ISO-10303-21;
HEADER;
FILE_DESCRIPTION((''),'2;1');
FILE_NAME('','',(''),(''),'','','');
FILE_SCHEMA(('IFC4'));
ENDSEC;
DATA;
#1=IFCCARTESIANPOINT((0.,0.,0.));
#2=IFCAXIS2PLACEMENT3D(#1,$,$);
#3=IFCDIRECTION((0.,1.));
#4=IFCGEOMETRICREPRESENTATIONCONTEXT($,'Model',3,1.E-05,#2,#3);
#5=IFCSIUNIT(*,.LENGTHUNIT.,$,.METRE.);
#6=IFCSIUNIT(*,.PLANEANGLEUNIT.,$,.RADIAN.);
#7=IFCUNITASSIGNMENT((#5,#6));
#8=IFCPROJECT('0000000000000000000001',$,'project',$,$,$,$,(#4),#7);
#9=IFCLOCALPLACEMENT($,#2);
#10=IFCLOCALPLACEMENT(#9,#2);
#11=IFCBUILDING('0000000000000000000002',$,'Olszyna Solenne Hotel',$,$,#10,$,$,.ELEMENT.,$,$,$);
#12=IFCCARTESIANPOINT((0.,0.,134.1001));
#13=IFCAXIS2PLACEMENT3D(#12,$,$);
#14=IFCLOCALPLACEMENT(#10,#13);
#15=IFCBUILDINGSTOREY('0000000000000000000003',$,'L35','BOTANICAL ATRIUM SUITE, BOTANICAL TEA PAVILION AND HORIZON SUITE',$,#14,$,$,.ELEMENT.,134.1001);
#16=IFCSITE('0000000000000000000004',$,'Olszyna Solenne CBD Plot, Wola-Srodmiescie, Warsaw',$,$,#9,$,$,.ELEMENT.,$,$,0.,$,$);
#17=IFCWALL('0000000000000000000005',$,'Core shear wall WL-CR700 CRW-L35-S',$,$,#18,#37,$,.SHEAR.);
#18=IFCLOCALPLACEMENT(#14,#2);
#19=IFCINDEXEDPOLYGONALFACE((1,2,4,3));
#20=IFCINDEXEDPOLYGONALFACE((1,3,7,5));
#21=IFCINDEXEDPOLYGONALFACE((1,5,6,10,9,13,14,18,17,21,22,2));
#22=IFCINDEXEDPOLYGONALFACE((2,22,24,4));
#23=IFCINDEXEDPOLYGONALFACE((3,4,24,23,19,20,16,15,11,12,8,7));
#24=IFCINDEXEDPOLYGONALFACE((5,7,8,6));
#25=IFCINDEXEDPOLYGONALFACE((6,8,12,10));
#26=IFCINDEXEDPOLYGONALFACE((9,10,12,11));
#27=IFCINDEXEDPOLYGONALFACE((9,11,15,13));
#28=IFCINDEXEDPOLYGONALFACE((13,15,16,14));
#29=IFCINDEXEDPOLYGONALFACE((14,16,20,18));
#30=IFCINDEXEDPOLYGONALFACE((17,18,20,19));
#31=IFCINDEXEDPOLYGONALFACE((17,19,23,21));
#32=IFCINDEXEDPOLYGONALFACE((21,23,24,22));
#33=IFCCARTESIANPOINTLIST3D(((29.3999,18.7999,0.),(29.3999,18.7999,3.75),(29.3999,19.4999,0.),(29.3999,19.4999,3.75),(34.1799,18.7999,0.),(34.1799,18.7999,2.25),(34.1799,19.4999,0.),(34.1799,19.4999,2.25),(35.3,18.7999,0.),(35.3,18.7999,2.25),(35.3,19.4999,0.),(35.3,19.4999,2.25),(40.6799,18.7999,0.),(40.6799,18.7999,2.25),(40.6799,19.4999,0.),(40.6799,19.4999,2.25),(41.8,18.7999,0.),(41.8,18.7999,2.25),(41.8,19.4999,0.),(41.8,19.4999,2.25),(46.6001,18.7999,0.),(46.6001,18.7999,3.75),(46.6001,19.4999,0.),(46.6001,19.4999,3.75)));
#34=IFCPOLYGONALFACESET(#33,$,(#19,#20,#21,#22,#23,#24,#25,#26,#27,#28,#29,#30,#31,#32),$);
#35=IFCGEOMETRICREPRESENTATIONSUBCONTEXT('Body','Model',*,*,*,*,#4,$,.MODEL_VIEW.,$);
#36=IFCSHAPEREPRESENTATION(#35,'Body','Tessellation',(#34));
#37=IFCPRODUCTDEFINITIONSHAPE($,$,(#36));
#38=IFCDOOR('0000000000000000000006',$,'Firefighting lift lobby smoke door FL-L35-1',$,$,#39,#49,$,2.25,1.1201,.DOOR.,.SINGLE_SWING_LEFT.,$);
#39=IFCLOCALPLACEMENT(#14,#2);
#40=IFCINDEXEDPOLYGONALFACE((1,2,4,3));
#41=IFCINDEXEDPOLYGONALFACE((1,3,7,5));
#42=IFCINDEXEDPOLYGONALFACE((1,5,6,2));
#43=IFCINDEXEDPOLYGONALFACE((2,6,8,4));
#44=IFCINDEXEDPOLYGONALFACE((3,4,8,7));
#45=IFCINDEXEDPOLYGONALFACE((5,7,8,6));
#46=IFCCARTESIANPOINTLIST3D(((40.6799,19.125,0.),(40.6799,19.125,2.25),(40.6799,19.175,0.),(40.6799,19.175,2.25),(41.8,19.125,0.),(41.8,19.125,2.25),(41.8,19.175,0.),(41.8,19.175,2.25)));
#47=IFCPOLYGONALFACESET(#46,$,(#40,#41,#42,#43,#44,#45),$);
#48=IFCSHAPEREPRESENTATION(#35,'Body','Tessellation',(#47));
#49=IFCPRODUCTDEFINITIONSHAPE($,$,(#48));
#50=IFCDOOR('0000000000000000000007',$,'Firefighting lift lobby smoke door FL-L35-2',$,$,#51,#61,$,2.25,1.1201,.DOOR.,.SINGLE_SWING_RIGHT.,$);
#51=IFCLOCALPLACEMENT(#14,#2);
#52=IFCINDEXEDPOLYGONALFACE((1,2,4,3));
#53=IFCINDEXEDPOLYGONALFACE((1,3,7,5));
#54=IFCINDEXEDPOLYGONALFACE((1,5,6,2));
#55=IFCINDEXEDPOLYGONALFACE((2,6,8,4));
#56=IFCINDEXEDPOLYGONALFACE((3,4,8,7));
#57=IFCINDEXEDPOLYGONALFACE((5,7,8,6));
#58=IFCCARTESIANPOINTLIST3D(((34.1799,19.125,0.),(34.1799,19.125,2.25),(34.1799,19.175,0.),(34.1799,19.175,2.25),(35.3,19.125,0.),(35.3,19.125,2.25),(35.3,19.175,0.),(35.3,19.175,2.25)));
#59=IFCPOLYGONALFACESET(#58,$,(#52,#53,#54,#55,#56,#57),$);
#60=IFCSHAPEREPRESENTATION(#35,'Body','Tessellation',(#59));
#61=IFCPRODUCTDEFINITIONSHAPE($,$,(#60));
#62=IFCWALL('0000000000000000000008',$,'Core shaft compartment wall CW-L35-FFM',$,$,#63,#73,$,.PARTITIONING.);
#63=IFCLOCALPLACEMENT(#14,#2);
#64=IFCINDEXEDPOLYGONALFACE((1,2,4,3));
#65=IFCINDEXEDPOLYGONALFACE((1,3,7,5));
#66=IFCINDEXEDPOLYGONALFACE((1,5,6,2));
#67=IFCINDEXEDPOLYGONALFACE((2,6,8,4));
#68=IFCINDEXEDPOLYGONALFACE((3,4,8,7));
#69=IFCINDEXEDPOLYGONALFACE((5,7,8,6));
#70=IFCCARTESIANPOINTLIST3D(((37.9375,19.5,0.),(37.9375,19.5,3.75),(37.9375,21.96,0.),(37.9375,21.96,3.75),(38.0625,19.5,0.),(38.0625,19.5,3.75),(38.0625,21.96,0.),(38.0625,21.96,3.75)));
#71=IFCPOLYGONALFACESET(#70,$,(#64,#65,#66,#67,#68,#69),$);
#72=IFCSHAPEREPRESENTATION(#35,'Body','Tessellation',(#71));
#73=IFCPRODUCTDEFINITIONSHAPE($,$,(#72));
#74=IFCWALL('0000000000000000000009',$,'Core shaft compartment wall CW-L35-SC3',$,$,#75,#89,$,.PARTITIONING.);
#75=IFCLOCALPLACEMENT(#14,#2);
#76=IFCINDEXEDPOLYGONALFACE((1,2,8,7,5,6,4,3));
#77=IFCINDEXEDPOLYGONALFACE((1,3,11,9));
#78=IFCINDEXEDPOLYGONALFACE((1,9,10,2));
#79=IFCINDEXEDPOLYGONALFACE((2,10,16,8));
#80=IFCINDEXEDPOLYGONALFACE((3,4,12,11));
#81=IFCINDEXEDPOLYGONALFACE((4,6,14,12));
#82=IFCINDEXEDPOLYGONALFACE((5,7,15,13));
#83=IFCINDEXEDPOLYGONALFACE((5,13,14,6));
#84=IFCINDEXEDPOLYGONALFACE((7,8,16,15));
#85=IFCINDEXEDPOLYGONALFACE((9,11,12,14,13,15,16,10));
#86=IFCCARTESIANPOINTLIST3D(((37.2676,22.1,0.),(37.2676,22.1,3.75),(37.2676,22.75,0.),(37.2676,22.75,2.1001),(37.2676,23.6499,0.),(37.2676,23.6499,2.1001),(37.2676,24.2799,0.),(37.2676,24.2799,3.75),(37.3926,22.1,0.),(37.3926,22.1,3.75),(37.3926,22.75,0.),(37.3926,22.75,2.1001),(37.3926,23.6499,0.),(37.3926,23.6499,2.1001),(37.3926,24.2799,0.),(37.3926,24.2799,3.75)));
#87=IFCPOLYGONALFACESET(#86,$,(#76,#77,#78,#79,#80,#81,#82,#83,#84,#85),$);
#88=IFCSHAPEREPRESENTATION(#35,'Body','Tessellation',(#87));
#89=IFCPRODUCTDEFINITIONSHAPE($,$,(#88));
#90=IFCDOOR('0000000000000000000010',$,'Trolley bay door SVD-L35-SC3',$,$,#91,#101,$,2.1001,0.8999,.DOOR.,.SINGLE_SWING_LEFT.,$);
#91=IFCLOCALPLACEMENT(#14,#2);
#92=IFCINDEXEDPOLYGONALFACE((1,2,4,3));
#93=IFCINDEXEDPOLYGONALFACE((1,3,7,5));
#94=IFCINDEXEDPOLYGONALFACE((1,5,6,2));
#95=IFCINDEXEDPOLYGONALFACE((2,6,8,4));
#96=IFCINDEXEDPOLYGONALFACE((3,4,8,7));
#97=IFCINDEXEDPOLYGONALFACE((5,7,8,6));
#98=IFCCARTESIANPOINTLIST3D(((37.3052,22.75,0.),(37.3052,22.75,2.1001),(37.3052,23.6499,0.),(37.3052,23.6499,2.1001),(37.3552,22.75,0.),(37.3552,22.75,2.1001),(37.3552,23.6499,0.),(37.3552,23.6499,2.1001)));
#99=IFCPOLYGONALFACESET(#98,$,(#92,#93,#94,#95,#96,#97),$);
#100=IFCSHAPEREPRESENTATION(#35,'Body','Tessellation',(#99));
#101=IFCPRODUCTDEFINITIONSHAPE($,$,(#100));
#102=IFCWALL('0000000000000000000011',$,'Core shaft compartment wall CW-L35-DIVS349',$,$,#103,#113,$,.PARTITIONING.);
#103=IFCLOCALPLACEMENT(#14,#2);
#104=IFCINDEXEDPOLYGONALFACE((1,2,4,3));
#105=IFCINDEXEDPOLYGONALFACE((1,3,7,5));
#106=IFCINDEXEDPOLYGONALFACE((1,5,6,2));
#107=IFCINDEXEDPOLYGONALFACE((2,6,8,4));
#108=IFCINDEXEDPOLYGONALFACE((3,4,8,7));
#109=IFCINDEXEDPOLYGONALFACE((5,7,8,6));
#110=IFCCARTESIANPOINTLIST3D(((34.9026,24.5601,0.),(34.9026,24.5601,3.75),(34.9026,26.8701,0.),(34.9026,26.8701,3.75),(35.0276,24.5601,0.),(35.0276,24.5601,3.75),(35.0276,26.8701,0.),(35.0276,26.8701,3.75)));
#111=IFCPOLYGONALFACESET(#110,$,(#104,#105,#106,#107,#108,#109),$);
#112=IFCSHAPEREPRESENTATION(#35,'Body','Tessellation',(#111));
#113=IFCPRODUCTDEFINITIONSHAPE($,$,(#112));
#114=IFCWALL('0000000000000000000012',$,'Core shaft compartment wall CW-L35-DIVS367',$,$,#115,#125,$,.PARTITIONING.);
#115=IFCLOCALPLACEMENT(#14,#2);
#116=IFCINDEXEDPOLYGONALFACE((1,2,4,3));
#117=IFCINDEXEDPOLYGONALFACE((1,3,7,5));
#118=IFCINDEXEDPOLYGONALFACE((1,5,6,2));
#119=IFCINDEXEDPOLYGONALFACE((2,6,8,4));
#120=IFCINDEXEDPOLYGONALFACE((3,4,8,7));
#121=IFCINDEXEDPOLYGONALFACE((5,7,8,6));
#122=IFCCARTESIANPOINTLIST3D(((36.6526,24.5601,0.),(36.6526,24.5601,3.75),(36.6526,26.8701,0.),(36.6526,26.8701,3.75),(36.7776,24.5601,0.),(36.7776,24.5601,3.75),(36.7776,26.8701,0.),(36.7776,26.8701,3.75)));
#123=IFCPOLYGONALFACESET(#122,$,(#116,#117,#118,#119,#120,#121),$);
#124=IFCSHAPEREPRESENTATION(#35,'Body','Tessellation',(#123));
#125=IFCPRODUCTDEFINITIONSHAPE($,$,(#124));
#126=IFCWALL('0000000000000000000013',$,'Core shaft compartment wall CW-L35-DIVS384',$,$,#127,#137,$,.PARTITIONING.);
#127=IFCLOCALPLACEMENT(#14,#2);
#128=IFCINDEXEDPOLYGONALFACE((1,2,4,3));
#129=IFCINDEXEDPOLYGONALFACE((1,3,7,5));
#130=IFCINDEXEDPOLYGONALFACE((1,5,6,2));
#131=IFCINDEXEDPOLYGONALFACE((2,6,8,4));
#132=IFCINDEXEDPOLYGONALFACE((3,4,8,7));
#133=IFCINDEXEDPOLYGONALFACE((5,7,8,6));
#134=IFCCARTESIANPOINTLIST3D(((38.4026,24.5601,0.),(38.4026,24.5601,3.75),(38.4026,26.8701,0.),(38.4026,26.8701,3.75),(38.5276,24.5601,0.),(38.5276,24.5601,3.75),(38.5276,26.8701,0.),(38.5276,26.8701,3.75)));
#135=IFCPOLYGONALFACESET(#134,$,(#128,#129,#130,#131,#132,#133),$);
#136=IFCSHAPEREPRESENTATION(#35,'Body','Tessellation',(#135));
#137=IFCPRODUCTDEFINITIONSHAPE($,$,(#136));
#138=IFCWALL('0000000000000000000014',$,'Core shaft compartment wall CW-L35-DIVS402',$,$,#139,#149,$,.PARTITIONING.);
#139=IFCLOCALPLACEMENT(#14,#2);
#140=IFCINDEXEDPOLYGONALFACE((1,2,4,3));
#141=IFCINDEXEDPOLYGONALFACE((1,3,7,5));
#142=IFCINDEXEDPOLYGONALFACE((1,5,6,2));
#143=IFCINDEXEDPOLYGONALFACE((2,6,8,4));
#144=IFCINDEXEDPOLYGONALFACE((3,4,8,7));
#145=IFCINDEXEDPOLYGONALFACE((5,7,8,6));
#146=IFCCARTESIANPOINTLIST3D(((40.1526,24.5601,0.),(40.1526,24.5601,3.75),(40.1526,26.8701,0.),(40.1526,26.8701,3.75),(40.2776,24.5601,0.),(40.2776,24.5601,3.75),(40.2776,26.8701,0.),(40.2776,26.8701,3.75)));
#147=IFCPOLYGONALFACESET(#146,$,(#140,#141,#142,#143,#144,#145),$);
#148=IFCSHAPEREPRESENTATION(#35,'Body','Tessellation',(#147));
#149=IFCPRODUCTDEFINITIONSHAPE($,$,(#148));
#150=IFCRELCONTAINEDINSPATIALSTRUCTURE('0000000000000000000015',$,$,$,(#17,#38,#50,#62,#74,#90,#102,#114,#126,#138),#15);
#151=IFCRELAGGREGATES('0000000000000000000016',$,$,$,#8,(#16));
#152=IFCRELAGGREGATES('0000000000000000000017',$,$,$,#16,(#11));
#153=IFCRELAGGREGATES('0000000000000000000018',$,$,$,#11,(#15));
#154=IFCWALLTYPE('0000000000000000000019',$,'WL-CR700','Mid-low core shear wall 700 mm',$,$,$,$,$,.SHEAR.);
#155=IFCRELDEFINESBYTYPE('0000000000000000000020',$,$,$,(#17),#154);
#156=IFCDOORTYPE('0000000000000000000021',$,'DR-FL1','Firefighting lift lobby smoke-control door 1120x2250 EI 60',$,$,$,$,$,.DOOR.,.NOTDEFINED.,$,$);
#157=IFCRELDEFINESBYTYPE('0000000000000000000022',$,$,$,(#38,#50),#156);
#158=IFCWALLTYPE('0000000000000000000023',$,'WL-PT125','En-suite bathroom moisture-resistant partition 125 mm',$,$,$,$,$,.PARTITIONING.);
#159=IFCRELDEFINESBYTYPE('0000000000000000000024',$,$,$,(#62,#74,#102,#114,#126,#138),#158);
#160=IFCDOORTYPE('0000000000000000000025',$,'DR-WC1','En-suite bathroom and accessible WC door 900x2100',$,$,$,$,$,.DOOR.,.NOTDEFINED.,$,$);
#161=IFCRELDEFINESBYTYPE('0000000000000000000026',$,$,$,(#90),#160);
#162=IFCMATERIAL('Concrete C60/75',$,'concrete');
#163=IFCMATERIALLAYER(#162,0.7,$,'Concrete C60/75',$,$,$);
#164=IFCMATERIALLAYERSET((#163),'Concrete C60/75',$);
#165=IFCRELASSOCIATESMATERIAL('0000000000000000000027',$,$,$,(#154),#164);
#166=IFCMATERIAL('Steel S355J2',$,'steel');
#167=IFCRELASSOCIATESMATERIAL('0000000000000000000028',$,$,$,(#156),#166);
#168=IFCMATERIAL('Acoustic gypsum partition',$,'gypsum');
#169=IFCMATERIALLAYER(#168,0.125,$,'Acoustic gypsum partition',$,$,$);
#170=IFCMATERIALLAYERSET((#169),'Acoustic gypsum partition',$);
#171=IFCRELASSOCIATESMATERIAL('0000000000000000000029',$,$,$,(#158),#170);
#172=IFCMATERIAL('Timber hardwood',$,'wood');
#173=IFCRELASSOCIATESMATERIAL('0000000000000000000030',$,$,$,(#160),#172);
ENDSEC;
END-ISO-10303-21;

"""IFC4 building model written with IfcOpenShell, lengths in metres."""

from ifc_helpers import new_model, si_unit, direction, frame, frame_2d, origin, place, context, subcontext, project, spatial, rectangle, extrude, source, transform, mapped, material, layer, layer_set, type_object, type_shapes, element, fill, save


model = new_model("IFC4")

# Units and contexts
model_context = context("Model", 3, precision=1e-05, world=origin(), true_north=direction((0.0, 1.0)))
body_context = subcontext(model_context, "Body", "Model", "MODEL_VIEW")
ifc_project = project(units=[si_unit("LENGTHUNIT", "METRE"), si_unit("PLANEANGLEUNIT", "RADIAN")], contexts=[model_context])

# Site, building, storey
site_placement = place(None, origin())
site = spatial("IfcSite", under=ifc_project, at=site_placement, Name="Olszyna Solenne CBD Plot, Wola-Srodmiescie, Warsaw", CompositionType="ELEMENT", RefElevation=0.0)
building_placement = place(site_placement, origin())
building = spatial("IfcBuilding", under=site, at=building_placement, Name="Olszyna Solenne Hotel", CompositionType="ELEMENT")
storey_placement = place(building_placement, frame((0.0, 0.0, 134.1001)))
storey = spatial("IfcBuildingStorey", under=building, at=storey_placement, Name="L35", Description="BOTANICAL ATRIUM SUITE, BOTANICAL TEA PAVILION AND HORIZON SUITE", CompositionType="ELEMENT", Elevation=134.1001)

# Shared definitions
ifc_material_1 = material(Name="Steel S355J2", Category="steel")

# Wall, openings, doors
ifc_material_2 = material(Name="Concrete C60/75", Category="concrete")
ifc_layer_1 = layer(ifc_material_2, 0.7, Name="Concrete C60/75")
ifc_layer_set_1 = layer_set([ifc_layer_1], Name="Concrete C60/75")
wall_type_1 = type_object("IfcWallType", Name="WL-CR700", Description="Mid-low core shear wall 700 mm", PredefinedType="SHEAR", material=ifc_layer_set_1)
wall_1_placement = place(storey_placement, frame((46.6001, 19.1499, 0.0), z_axis=(0.0, 0.0, 1.0), x_axis=(-1.0, 0.0, 0.0)))
wall_1 = element("IfcWall", 1, at=wall_1_placement, inside=storey, type_object=wall_type_1, Name="Core shear wall WL-CR700 CRW-L35-S", PredefinedType="SHEAR", context=body_context, shape_type="SweptSolid", body=[
    extrude(rectangle(XDim=17.2002, YDim=0.7, at=frame_2d((8.6001, 0.0))), origin(), (0.0, 0.0, 1.0), 3.75),
])
opening_1_placement = place(wall_1_placement, frame((4.8, 0.0, 0.0)))
opening_1 = element("IfcOpeningElement", 2, at=opening_1_placement, cuts=wall_1, PredefinedType="OPENING", context=body_context, shape_type="SweptSolid", body=[
    extrude(rectangle(XDim=1.1201, YDim=2.25, at=frame_2d((0.5601, 1.125))), frame((0.0, 0.3599, 0.0), z_axis=(0.0, -1.0, 0.0), x_axis=(1.0, 0.0, 0.0)), (0.0, 0.0, 1.0), 0.72),
])
opening_2_placement = place(wall_1_placement, frame((11.3, 0.0, 0.0)))
opening_2 = element("IfcOpeningElement", 3, at=opening_2_placement, cuts=wall_1, PredefinedType="OPENING", context=body_context, shape_type="SweptSolid", body=[
    extrude(rectangle(XDim=1.1201, YDim=2.25, at=frame_2d((0.5601, 1.125))), frame((0.0, 0.3599, 0.0), z_axis=(0.0, -1.0, 0.0), x_axis=(1.0, 0.0, 0.0)), (0.0, 0.0, 1.0), 0.72),
])
door_type_1 = type_object("IfcDoorType", Name="DR-FL1", Description="Firefighting lift lobby smoke-control door 1120x2250 EI 60", OperationType="NOTDEFINED", PredefinedType="DOOR", material=ifc_material_1)
shared_shape_1 = source(origin(), body_context, "Body", "SweptSolid", [
    extrude(rectangle(XDim=1.1201, YDim=2.25, at=frame_2d((0.5601, 1.125))), frame((0.0, 0.0249, 0.0), z_axis=(0.0, -1.0, 0.0), x_axis=(1.0, 0.0, 0.0)), (0.0, 0.0, 1.0), 0.05),
])
type_shapes(door_type_1, [shared_shape_1])
door_1_placement = place(opening_1_placement, origin())
door_1 = element("IfcDoor", 4, at=door_1_placement, inside=storey, type_object=door_type_1, Name="Firefighting lift lobby smoke door FL-L35-1", OperationType="SINGLE_SWING_LEFT", OverallHeight=2.25, OverallWidth=1.1201, PredefinedType="DOOR", context=body_context, shape_type="MappedRepresentation", body=[
    mapped(shared_shape_1, transform((0.0, 0.0, 0.0), x_axis=(1.0, 0.0, 0.0), y_axis=(0.0, 1.0, 0.0), z_axis=(0.0, 0.0, 1.0), scale=1.0)),
])
fill(opening_1, door_1)
door_2_placement = place(opening_2_placement, origin())
door_2 = element("IfcDoor", 5, at=door_2_placement, inside=storey, type_object=door_type_1, Name="Firefighting lift lobby smoke door FL-L35-2", OperationType="SINGLE_SWING_RIGHT", OverallHeight=2.25, OverallWidth=1.1201, PredefinedType="DOOR", context=body_context, shape_type="MappedRepresentation", body=[
    mapped(shared_shape_1, transform((0.0, 0.0, 0.0), x_axis=(1.0, 0.0, 0.0), y_axis=(0.0, 1.0, 0.0), z_axis=(0.0, 0.0, 1.0), scale=1.0)),
])
fill(opening_2, door_2)

# Wall
ifc_material_3 = material(Name="Acoustic gypsum partition", Category="gypsum")
ifc_layer_2 = layer(ifc_material_3, 0.125, Name="Acoustic gypsum partition")
ifc_layer_set_2 = layer_set([ifc_layer_2], Name="Acoustic gypsum partition")
wall_type_2 = type_object("IfcWallType", Name="WL-PT125", Description="En-suite bathroom moisture-resistant partition 125 mm", PredefinedType="PARTITIONING", material=ifc_layer_set_2)
wall_2_placement = place(storey_placement, frame((38.0, 19.5, 0.0), z_axis=(0.0, 0.0, 1.0), x_axis=(0.0, 1.0, 0.0)))
element("IfcWall", 6, at=wall_2_placement, inside=storey, type_object=wall_type_2, Name="Core shaft compartment wall CW-L35-FFM", PredefinedType="PARTITIONING", context=body_context, shape_type="SweptSolid", body=[
    extrude(rectangle(XDim=2.46, YDim=0.125, at=frame_2d((1.23, 0.0))), origin(), (0.0, 0.0, 1.0), 3.75),
])

# Wall, opening, door
wall_3_placement = place(storey_placement, frame((37.3301, 22.1001, 0.0), z_axis=(0.0, 0.0, 1.0), x_axis=(0.0, 1.0, 0.0)))
wall_3 = element("IfcWall", 7, at=wall_3_placement, inside=storey, type_object=wall_type_2, Name="Core shaft compartment wall CW-L35-SC3", PredefinedType="PARTITIONING", context=body_context, shape_type="SweptSolid", body=[
    extrude(rectangle(XDim=2.1799, YDim=0.125, at=frame_2d((1.0898, 0.0))), origin(), (0.0, 0.0, 1.0), 3.75),
])
opening_3_placement = place(wall_3_placement, frame((0.6499, 0.0, 0.0)))
opening_3 = element("IfcOpeningElement", 8, at=opening_3_placement, cuts=wall_3, PredefinedType="OPENING", context=body_context, shape_type="SweptSolid", body=[
    extrude(rectangle(XDim=0.8999, YDim=2.1001, at=frame_2d((0.45, 1.05))), frame((0.0, 0.0725, 0.0), z_axis=(0.0, -1.0, 0.0), x_axis=(1.0, 0.0, 0.0)), (0.0, 0.0, 1.0), 0.145),
])
ifc_material_4 = material(Name="Timber hardwood", Category="wood")
door_type_2 = type_object("IfcDoorType", Name="DR-WC1", Description="En-suite bathroom and accessible WC door 900x2100", OperationType="NOTDEFINED", PredefinedType="DOOR", material=ifc_material_4)
shared_shape_2 = source(origin(), body_context, "Body", "SweptSolid", [
    extrude(rectangle(XDim=0.8999, YDim=2.1001, at=frame_2d((0.45, 1.05))), frame((0.0, 0.0249, 0.0), z_axis=(0.0, -1.0, 0.0), x_axis=(1.0, 0.0, 0.0)), (0.0, 0.0, 1.0), 0.05),
])
type_shapes(door_type_2, [shared_shape_2])
door_3_placement = place(opening_3_placement, origin())
door_3 = element("IfcDoor", 9, at=door_3_placement, inside=storey, type_object=door_type_2, Name="Trolley bay door SVD-L35-SC3", OperationType="SINGLE_SWING_LEFT", OverallHeight=2.1001, OverallWidth=0.8999, PredefinedType="DOOR", context=body_context, shape_type="MappedRepresentation", body=[
    mapped(shared_shape_2, transform((0.0, 0.0, 0.0), x_axis=(1.0, 0.0, 0.0), y_axis=(0.0, 1.0, 0.0), z_axis=(0.0, 0.0, 1.0), scale=1.0)),
])
fill(opening_3, door_3)

# Walls
for number, where, z_axis, x_axis, name in (
    (10, (34.9651, 24.5601, 0.0), (0.0, 0.0, 1.0), (0.0, 1.0, 0.0), "Core shaft compartment wall CW-L35-DIVS349"),
    (11, (36.7151, 24.5601, 0.0), (0.0, 0.0, 1.0), (0.0, 1.0, 0.0), "Core shaft compartment wall CW-L35-DIVS367"),
    (12, (38.4651, 24.5601, 0.0), (0.0, 0.0, 1.0), (0.0, 1.0, 0.0), "Core shaft compartment wall CW-L35-DIVS384"),
    (13, (40.2151, 24.5601, 0.0), (0.0, 0.0, 1.0), (0.0, 1.0, 0.0), "Core shaft compartment wall CW-L35-DIVS402"),
):
    element("IfcWall", number, at=place(storey_placement, frame(where, z_axis=z_axis, x_axis=x_axis)), inside=storey, type_object=wall_type_2, Name=name, PredefinedType="PARTITIONING", context=body_context, shape_type="SweptSolid", body=[
        extrude(rectangle(XDim=2.3101, YDim=0.125, at=frame_2d((1.155, 0.0))), origin(), (0.0, 0.0, 1.0), 3.75),
    ])

save(model, "model.ifc")
